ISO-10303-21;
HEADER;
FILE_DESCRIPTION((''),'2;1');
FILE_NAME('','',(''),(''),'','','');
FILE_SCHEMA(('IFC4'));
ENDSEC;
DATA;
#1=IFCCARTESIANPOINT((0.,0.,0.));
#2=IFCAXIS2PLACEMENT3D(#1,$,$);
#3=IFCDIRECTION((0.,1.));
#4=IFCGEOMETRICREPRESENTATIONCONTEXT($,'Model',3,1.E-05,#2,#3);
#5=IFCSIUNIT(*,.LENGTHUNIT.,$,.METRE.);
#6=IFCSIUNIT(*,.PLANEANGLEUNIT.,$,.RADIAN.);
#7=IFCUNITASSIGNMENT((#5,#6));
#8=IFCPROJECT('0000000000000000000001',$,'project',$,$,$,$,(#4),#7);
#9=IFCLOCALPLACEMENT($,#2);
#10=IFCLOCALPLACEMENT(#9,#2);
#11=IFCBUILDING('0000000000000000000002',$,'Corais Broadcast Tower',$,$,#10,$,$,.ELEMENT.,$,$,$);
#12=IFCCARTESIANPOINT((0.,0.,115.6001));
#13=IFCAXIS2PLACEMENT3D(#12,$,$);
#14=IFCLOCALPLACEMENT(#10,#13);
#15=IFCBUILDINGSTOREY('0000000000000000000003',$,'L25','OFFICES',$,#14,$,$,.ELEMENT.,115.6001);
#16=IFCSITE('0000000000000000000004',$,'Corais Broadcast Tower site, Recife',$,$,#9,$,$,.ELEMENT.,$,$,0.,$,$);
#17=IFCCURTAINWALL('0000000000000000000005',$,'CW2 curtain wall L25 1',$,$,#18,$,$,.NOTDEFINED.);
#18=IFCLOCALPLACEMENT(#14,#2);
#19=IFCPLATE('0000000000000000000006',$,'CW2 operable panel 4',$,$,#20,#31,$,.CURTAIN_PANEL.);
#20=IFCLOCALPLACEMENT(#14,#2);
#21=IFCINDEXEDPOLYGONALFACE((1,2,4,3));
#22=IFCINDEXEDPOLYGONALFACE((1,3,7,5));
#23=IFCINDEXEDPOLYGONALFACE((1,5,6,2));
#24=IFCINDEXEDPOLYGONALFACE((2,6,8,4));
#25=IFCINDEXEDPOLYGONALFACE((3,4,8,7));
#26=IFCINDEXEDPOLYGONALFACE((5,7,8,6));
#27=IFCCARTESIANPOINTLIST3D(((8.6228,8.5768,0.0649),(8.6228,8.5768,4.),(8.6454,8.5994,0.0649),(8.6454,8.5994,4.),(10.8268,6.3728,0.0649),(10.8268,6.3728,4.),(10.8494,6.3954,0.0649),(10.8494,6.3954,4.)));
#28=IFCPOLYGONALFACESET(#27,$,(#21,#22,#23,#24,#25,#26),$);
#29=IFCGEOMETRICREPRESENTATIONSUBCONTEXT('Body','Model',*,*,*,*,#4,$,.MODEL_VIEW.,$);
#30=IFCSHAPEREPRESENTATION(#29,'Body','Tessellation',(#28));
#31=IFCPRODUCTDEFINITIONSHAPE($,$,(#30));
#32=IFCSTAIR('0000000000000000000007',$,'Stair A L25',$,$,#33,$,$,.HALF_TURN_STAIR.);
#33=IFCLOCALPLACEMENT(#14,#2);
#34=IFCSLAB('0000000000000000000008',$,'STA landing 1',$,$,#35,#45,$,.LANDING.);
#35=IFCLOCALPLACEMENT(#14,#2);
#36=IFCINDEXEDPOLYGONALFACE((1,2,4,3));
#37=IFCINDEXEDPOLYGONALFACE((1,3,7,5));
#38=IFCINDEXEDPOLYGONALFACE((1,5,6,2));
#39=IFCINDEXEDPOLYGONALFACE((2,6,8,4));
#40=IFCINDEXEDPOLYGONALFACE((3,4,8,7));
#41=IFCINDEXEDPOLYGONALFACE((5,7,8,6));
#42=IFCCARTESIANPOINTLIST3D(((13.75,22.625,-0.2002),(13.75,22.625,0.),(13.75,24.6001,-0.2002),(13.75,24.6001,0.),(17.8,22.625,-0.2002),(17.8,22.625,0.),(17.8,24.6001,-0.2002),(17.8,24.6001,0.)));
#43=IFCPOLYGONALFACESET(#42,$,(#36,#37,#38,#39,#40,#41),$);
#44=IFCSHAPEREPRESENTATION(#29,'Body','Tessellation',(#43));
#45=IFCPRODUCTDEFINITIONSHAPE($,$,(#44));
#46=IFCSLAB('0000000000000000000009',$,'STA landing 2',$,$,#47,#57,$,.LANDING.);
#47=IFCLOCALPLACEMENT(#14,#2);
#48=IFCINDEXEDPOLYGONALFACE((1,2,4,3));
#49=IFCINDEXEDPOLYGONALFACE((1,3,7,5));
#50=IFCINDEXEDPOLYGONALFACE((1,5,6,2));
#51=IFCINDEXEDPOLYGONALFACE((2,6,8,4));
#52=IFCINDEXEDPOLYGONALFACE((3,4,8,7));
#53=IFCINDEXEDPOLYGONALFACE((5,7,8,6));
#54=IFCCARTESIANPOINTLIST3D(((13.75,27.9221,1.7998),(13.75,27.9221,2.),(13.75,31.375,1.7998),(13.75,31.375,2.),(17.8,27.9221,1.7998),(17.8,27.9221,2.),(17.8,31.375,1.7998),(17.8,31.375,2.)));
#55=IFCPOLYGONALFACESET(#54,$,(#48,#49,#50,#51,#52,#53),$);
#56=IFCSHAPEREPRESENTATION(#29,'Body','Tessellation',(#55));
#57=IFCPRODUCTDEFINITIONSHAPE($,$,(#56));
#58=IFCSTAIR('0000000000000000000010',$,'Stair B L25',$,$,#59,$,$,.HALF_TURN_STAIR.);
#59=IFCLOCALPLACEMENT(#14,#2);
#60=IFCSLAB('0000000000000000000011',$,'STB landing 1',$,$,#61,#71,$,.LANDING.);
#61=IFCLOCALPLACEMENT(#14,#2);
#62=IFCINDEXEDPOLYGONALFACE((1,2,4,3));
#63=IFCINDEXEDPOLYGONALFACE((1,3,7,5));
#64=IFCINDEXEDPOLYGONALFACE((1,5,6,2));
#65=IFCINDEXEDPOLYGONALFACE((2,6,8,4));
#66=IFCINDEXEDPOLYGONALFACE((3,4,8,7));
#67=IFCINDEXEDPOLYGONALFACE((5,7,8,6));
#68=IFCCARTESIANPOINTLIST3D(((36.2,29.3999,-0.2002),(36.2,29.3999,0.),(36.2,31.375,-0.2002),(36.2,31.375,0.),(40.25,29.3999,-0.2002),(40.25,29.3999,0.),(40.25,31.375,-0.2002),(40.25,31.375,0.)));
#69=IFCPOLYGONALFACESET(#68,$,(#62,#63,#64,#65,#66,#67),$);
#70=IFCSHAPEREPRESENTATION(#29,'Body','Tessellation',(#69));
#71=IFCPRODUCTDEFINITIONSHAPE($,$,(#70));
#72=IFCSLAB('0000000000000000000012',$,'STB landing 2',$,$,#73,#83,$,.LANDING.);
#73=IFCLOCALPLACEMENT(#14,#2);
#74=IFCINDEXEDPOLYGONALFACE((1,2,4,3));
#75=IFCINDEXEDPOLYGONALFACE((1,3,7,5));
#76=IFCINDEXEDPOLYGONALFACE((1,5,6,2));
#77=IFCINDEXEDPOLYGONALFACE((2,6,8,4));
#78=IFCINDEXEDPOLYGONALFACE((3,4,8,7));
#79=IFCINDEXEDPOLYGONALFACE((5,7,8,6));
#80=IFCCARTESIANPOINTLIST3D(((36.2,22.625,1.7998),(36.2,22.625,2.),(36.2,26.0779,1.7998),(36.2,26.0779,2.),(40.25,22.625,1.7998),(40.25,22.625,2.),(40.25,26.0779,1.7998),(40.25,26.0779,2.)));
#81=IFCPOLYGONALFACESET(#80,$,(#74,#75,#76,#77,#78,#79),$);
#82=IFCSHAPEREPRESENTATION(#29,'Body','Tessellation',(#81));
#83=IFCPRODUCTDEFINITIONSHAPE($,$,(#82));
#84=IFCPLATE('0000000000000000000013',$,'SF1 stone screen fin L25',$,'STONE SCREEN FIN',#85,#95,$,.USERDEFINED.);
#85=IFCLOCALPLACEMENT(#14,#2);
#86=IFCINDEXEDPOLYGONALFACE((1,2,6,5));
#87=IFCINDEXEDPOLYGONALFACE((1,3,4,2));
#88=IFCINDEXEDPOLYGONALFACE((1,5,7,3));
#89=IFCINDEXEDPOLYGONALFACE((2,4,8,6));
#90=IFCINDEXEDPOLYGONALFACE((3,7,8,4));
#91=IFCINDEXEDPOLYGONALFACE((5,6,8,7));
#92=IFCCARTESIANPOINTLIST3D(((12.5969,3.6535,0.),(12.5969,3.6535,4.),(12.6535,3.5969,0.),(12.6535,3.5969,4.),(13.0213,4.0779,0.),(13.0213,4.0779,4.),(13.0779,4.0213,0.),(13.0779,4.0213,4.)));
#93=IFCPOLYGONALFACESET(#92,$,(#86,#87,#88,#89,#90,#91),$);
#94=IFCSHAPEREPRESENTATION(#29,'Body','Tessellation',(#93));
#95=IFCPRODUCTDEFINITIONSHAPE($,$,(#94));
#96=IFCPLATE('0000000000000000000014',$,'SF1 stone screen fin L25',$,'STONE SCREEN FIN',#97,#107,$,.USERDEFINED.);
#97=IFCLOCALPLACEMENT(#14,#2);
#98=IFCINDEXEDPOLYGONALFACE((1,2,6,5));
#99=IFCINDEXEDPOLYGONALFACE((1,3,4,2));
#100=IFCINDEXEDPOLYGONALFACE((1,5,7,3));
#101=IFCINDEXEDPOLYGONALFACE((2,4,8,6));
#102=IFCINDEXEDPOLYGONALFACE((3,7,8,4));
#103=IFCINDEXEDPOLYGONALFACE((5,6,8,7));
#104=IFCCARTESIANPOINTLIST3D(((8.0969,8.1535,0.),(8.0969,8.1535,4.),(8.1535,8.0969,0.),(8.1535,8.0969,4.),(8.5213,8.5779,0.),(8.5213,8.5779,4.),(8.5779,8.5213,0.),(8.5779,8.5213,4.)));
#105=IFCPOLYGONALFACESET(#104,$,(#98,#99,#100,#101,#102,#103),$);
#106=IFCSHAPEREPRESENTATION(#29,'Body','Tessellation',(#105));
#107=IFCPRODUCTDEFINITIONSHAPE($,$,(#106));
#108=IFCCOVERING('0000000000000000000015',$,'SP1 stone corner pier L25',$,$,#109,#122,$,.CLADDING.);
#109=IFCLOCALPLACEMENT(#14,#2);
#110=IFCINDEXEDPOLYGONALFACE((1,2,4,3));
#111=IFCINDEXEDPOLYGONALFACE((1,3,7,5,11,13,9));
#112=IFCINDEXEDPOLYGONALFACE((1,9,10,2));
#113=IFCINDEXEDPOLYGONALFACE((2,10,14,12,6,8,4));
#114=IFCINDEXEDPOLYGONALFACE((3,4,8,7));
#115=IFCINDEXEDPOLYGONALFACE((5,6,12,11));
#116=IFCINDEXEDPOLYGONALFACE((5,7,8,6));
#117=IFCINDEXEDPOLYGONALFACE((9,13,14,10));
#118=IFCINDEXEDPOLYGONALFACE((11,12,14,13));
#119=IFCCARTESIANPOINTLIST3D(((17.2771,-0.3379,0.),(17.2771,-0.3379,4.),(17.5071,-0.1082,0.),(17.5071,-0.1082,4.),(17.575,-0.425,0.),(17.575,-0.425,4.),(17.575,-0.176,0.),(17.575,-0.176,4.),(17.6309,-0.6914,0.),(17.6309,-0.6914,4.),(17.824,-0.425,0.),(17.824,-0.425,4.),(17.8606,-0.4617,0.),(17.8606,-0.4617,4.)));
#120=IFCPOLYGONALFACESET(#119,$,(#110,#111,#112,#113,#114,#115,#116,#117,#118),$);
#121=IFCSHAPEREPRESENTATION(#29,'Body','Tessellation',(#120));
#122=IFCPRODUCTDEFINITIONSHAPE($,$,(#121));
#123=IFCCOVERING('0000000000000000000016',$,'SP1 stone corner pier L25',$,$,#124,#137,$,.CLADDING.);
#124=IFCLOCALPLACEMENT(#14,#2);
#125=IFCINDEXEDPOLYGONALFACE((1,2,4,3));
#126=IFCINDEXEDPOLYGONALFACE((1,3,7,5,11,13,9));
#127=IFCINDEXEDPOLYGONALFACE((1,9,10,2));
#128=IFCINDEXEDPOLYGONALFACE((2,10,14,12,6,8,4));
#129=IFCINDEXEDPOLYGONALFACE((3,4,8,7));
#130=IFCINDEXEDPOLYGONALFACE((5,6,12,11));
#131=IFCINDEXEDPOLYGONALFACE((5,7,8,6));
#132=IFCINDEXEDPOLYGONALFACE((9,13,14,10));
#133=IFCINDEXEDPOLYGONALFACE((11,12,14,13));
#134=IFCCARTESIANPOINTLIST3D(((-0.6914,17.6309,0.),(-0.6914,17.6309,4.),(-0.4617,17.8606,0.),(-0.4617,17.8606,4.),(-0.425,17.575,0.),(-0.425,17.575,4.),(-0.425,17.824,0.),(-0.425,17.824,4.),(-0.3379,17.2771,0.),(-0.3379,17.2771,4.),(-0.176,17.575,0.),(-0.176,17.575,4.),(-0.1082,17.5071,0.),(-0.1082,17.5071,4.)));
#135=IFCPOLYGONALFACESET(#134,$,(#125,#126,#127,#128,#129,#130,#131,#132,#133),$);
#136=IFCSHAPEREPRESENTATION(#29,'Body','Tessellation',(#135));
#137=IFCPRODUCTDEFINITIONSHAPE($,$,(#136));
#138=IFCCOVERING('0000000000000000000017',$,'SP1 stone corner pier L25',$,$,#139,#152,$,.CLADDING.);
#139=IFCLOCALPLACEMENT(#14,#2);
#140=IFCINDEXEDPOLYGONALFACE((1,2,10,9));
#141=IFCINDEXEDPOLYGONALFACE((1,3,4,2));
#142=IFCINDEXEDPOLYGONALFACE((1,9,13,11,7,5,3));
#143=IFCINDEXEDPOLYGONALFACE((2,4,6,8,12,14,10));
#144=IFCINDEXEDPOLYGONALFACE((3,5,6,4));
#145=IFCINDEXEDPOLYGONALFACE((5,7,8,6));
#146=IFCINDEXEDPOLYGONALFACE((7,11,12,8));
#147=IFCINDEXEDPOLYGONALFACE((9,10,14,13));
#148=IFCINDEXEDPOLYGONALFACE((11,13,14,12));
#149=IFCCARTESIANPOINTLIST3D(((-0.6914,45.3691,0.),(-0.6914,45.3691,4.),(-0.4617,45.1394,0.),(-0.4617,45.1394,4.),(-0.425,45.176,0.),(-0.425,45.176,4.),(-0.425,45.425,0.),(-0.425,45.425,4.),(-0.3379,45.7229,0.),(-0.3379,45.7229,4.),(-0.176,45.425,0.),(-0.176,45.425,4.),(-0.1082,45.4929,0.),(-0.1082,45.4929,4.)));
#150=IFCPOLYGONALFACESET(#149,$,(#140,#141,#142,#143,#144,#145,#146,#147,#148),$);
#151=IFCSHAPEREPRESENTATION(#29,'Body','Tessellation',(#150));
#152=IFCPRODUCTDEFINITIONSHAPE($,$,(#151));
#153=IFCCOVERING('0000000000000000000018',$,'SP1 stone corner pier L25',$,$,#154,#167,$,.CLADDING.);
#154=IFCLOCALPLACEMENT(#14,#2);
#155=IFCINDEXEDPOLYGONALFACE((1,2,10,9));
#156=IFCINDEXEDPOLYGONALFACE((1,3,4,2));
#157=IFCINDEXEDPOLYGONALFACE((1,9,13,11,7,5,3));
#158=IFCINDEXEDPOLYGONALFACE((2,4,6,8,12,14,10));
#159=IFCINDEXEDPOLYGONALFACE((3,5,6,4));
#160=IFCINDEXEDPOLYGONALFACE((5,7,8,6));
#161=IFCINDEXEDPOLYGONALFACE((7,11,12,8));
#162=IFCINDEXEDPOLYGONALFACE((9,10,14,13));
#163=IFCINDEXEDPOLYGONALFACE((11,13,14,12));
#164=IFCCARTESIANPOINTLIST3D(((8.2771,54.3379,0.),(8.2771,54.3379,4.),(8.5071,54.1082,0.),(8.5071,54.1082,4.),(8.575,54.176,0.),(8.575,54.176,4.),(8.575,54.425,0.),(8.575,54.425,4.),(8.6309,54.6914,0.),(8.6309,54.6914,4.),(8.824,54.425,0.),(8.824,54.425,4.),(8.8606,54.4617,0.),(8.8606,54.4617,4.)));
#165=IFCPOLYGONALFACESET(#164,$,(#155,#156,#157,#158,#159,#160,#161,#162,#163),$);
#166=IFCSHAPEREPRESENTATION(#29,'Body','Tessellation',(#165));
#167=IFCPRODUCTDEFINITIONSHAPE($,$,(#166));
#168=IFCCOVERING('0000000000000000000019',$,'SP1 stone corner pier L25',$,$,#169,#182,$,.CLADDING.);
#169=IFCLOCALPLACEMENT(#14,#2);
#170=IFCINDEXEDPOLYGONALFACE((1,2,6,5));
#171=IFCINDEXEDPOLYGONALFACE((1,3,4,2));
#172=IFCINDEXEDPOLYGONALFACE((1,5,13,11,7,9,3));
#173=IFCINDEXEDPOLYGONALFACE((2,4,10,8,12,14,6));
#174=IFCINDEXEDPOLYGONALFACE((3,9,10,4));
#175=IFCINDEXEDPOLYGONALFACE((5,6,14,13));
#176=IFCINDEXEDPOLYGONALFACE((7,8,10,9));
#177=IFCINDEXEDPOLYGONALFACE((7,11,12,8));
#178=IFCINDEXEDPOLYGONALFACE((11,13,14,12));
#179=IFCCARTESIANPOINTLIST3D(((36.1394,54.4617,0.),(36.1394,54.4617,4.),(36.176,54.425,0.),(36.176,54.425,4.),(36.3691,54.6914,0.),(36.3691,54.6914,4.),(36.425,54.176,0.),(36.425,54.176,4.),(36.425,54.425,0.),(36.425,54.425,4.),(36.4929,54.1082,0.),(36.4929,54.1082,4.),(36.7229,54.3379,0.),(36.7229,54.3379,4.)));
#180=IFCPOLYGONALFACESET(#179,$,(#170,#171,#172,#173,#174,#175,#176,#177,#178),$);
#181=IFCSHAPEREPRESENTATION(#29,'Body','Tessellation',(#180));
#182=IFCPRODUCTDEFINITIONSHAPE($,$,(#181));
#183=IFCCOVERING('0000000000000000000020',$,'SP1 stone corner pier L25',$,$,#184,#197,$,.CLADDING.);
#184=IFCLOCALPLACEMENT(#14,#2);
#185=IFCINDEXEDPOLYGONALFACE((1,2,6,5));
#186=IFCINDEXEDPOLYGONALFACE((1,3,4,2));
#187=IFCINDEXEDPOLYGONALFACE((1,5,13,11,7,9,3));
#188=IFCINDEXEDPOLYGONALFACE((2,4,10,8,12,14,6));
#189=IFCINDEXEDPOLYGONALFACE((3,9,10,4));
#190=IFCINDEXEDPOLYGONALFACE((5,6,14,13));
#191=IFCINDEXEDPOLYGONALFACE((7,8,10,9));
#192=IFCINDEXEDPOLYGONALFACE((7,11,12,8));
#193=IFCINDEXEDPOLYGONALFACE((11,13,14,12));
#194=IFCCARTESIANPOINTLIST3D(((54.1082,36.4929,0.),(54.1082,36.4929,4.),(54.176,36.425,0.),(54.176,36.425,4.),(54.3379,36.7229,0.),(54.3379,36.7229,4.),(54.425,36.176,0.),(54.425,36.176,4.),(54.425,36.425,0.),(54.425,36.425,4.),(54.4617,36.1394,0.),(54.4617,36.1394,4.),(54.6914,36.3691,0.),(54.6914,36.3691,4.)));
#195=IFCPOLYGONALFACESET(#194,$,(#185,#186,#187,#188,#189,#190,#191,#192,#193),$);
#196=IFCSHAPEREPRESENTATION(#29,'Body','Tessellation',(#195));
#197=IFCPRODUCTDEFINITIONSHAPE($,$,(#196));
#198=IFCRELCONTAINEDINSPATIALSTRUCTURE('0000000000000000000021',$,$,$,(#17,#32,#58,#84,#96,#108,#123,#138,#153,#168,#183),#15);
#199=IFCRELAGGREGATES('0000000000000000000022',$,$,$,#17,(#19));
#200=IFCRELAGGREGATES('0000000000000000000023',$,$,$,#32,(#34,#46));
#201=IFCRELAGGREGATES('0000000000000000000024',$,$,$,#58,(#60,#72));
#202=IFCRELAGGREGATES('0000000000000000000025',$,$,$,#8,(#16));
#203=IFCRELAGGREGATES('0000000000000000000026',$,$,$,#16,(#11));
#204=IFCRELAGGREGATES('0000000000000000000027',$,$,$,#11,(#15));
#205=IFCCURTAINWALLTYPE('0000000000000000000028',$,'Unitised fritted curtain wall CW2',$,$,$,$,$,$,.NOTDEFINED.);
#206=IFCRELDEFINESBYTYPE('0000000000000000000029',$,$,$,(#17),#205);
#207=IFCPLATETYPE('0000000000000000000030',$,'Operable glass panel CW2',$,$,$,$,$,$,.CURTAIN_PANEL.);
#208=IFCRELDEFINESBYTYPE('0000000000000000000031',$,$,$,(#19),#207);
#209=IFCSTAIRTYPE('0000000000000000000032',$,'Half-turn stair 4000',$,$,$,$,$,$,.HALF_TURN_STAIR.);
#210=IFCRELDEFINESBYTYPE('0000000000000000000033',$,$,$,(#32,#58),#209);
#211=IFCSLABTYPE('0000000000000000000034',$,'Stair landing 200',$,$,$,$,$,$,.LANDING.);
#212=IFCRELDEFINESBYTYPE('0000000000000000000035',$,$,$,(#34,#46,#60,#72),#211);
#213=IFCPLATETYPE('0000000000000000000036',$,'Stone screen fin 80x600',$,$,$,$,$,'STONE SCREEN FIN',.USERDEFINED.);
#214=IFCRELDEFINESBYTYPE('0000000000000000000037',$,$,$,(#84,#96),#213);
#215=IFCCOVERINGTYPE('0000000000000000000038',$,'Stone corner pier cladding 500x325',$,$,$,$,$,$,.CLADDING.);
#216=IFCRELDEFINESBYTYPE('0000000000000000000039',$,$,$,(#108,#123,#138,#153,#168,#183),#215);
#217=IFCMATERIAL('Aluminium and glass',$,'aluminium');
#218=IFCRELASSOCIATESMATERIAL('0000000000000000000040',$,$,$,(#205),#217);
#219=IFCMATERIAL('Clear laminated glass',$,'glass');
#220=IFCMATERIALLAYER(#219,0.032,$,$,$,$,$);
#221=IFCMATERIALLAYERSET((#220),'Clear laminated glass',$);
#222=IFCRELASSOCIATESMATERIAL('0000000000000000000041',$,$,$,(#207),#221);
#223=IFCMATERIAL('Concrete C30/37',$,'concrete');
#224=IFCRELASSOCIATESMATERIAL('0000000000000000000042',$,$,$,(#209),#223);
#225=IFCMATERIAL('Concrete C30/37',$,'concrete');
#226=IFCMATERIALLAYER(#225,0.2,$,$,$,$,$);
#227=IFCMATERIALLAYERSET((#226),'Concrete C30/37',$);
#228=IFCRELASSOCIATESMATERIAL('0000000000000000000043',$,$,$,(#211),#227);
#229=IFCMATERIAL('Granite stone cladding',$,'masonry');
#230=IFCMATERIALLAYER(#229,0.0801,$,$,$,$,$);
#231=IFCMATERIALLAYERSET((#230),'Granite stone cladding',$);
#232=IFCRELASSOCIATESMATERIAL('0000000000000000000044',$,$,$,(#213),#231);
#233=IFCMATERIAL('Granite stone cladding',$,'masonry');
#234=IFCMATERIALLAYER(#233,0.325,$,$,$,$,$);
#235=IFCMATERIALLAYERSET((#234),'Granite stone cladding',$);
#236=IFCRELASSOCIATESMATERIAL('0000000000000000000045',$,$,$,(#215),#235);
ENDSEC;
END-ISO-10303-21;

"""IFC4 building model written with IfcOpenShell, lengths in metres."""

from ifc_helpers import new_model, si_unit, direction, frame, origin, origin_2d, place, context, subcontext, project, spatial, polyline, rectangle, outline, extrude, material, layer, layer_set, type_object, element, aggregate, save


model = new_model("IFC4")

# Units and contexts
model_context = context("Model", 3, precision=1e-05, world=origin(), true_north=direction((0.0, 1.0)))
body_context = subcontext(model_context, "Body", "Model", "MODEL_VIEW")
ifc_project = project(units=[si_unit("LENGTHUNIT", "METRE"), si_unit("PLANEANGLEUNIT", "RADIAN")], contexts=[model_context])

# Site, building, storey
site_placement = place(None, origin())
site = spatial("IfcSite", under=ifc_project, at=site_placement, Name="Corais Broadcast Tower site, Recife", CompositionType="ELEMENT", RefElevation=0.0)
building_placement = place(site_placement, origin())
building = spatial("IfcBuilding", under=site, at=building_placement, Name="Corais Broadcast Tower", CompositionType="ELEMENT")
storey_placement = place(building_placement, frame((0.0, 0.0, 115.6001)))
storey = spatial("IfcBuildingStorey", under=building, at=storey_placement, Name="L25", Description="OFFICES", CompositionType="ELEMENT", Elevation=115.6001)

# Curtain wall
ifc_material_1 = material(Name="Aluminium and glass", Category="aluminium")
curtain_wall_type = type_object("IfcCurtainWallType", Name="Unitised fritted curtain wall CW2", PredefinedType="NOTDEFINED", material=ifc_material_1)
curtain_wall_placement = place(storey_placement, origin())
curtain_wall = element("IfcCurtainWall", 1, at=curtain_wall_placement, inside=storey, type_object=curtain_wall_type, Name="CW2 curtain wall L25 1", PredefinedType="NOTDEFINED")

# Plate
ifc_material_2 = material(Name="Clear laminated glass", Category="glass")
ifc_layer_1 = layer(ifc_material_2, 0.032)
ifc_layer_set_1 = layer_set([ifc_layer_1], Name="Clear laminated glass")
plate_type_1 = type_object("IfcPlateType", Name="Operable glass panel CW2", PredefinedType="CURTAIN_PANEL", material=ifc_layer_set_1)
plate_1_placement = place(storey_placement, frame((9.7361, 7.4861, 0.0649), z_axis=(0.0, 0.0, 1.0), x_axis=(-0.707107, 0.707107, 0.0)))
plate_1 = element("IfcPlate", 2, at=plate_1_placement, type_object=plate_type_1, Name="CW2 operable panel 4", PredefinedType="CURTAIN_PANEL", context=body_context, shape_type="SweptSolid", body=[
    extrude(rectangle(XDim=3.1169, YDim=0.032, at=origin_2d()), origin(), (0.0, 0.0, 1.0), 3.9351),
])
aggregate(curtain_wall, [plate_1])

# Stairs, slabs
ifc_material_3 = material(Name="Concrete C30/37", Category="concrete")
stair_type = type_object("IfcStairType", Name="Half-turn stair 4000", PredefinedType="HALF_TURN_STAIR", material=ifc_material_3)
stair_1_placement = place(storey_placement, origin())
stair_1 = element("IfcStair", 3, at=stair_1_placement, inside=storey, type_object=stair_type, Name="Stair A L25", PredefinedType="HALF_TURN_STAIR")
ifc_material_4 = material(Name="Concrete C30/37", Category="concrete")
ifc_layer_2 = layer(ifc_material_4, 0.2)
ifc_layer_set_2 = layer_set([ifc_layer_2], Name="Concrete C30/37")
slab_type_1 = type_object("IfcSlabType", Name="Stair landing 200", PredefinedType="LANDING", material=ifc_layer_set_2)
slab_1_placement = place(storey_placement, frame((0.0, 0.0, -0.2002)))
slab_1 = element("IfcSlab", 4, at=slab_1_placement, type_object=slab_type_1, Name="STA landing 1", PredefinedType="LANDING", context=body_context, shape_type="SweptSolid", body=[
    extrude(outline(polyline([(13.75, 22.625), (17.8, 22.625), (17.8, 24.6001), (13.75, 24.6001), (13.75, 22.625)])), origin(), (0.0, 0.0, 1.0), 0.2002),
])
slab_2_placement = place(storey_placement, frame((0.0, 0.0, 1.7998)))
slab_2 = element("IfcSlab", 5, at=slab_2_placement, type_object=slab_type_1, Name="STA landing 2", PredefinedType="LANDING", context=body_context, shape_type="SweptSolid", body=[
    extrude(outline(polyline([(13.75, 27.9221), (17.8, 27.9221), (17.8, 31.375), (13.75, 31.375), (13.75, 27.9221)])), origin(), (0.0, 0.0, 1.0), 0.2002),
])
aggregate(stair_1, [slab_1, slab_2])
stair_2_placement = place(storey_placement, origin())
stair_2 = element("IfcStair", 6, at=stair_2_placement, inside=storey, type_object=stair_type, Name="Stair B L25", PredefinedType="HALF_TURN_STAIR")
slab_3_placement = place(storey_placement, frame((0.0, 0.0, -0.2002)))
slab_3 = element("IfcSlab", 7, at=slab_3_placement, type_object=slab_type_1, Name="STB landing 1", PredefinedType="LANDING", context=body_context, shape_type="SweptSolid", body=[
    extrude(outline(polyline([(36.2, 29.3999), (40.25, 29.3999), (40.25, 31.375), (36.2, 31.375), (36.2, 29.3999)])), origin(), (0.0, 0.0, 1.0), 0.2002),
])
slab_4_placement = place(storey_placement, frame((0.0, 0.0, 1.7998)))
slab_4 = element("IfcSlab", 8, at=slab_4_placement, type_object=slab_type_1, Name="STB landing 2", PredefinedType="LANDING", context=body_context, shape_type="SweptSolid", body=[
    extrude(outline(polyline([(36.2, 22.625), (40.25, 22.625), (40.25, 26.0779), (36.2, 26.0779), (36.2, 22.625)])), origin(), (0.0, 0.0, 1.0), 0.2002),
])
aggregate(stair_2, [slab_3, slab_4])

# Plates
ifc_material_5 = material(Name="Granite stone cladding", Category="masonry")
ifc_layer_3 = layer(ifc_material_5, 0.0801)
ifc_layer_set_3 = layer_set([ifc_layer_3], Name="Granite stone cladding")
plate_type_2 = type_object("IfcPlateType", Name="Stone screen fin 80x600", ElementType="STONE SCREEN FIN", PredefinedType="USERDEFINED", material=ifc_layer_set_3)
for number, where, z_axis, x_axis, name in (
    (9, (12.8374, 3.8374, 0.0), (0.0, 0.0, 1.0), (-0.707107, 0.707107, 0.0), "SF1 stone screen fin L25"),
    (10, (8.3374, 8.3374, 0.0), (0.0, 0.0, 1.0), (-0.707107, 0.707107, 0.0), "SF1 stone screen fin L25"),
):
    element("IfcPlate", number, at=place(storey_placement, frame(where, z_axis=z_axis, x_axis=x_axis)), inside=storey, type_object=plate_type_2, Name=name, ObjectType="STONE SCREEN FIN", PredefinedType="USERDEFINED", context=body_context, shape_type="SweptSolid", body=[
        extrude(rectangle(XDim=0.0801, YDim=0.6001, at=origin_2d()), origin(), (0.0, 0.0, 1.0), 4.0),
    ])

# Coverings
ifc_material_6 = material(Name="Granite stone cladding", Category="masonry")
ifc_layer_4 = layer(ifc_material_6, 0.325)
ifc_layer_set_4 = layer_set([ifc_layer_4], Name="Granite stone cladding")
covering_type_1 = type_object("IfcCoveringType", Name="Stone corner pier cladding 500x325", PredefinedType="CLADDING", material=ifc_layer_set_4)
covering_1_placement = place(storey_placement, origin())
element("IfcCovering", 11, at=covering_1_placement, inside=storey, type_object=covering_type_1, Name="SP1 stone corner pier L25", PredefinedType="CLADDING", context=body_context, shape_type="SweptSolid", body=[
    extrude(outline(polyline([(17.8606, -0.4617), (17.824, -0.425), (17.575, -0.425), (17.575, -0.176), (17.5071, -0.1082), (17.2771, -0.3379), (17.6309, -0.6914), (17.8606, -0.4617)])), origin(), (0.0, 0.0, 1.0), 4.0),
])
covering_2_placement = place(storey_placement, origin())
element("IfcCovering", 12, at=covering_2_placement, inside=storey, type_object=covering_type_1, Name="SP1 stone corner pier L25", PredefinedType="CLADDING", context=body_context, shape_type="SweptSolid", body=[
    extrude(outline(polyline([(-0.425, 17.824), (-0.4617, 17.8606), (-0.6914, 17.6309), (-0.3379, 17.2771), (-0.1082, 17.5071), (-0.176, 17.575), (-0.425, 17.575), (-0.425, 17.824)])), origin(), (0.0, 0.0, 1.0), 4.0),
])
covering_3_placement = place(storey_placement, origin())
element("IfcCovering", 13, at=covering_3_placement, inside=storey, type_object=covering_type_1, Name="SP1 stone corner pier L25", PredefinedType="CLADDING", context=body_context, shape_type="SweptSolid", body=[
    extrude(outline(polyline([(-0.4617, 45.1394), (-0.425, 45.176), (-0.425, 45.425), (-0.176, 45.425), (-0.1082, 45.4929), (-0.3379, 45.7229), (-0.6914, 45.3691), (-0.4617, 45.1394)])), origin(), (0.0, 0.0, 1.0), 4.0),
])
covering_4_placement = place(storey_placement, origin())
element("IfcCovering", 14, at=covering_4_placement, inside=storey, type_object=covering_type_1, Name="SP1 stone corner pier L25", PredefinedType="CLADDING", context=body_context, shape_type="SweptSolid", body=[
    extrude(outline(polyline([(8.824, 54.425), (8.8606, 54.4617), (8.6309, 54.6914), (8.2771, 54.3379), (8.5071, 54.1082), (8.575, 54.176), (8.575, 54.425), (8.824, 54.425)])), origin(), (0.0, 0.0, 1.0), 4.0),
])
covering_5_placement = place(storey_placement, origin())
element("IfcCovering", 15, at=covering_5_placement, inside=storey, type_object=covering_type_1, Name="SP1 stone corner pier L25", PredefinedType="CLADDING", context=body_context, shape_type="SweptSolid", body=[
    extrude(outline(polyline([(36.1394, 54.4617), (36.176, 54.425), (36.425, 54.425), (36.425, 54.176), (36.4929, 54.1082), (36.7229, 54.3379), (36.3691, 54.6914), (36.1394, 54.4617)])), origin(), (0.0, 0.0, 1.0), 4.0),
])
covering_6_placement = place(storey_placement, origin())
element("IfcCovering", 16, at=covering_6_placement, inside=storey, type_object=covering_type_1, Name="SP1 stone corner pier L25", PredefinedType="CLADDING", context=body_context, shape_type="SweptSolid", body=[
    extrude(outline(polyline([(54.425, 36.176), (54.4617, 36.1394), (54.6914, 36.3691), (54.3379, 36.7229), (54.1082, 36.4929), (54.176, 36.425), (54.425, 36.425), (54.425, 36.176)])), origin(), (0.0, 0.0, 1.0), 4.0),
])

save(model, "model.ifc")
